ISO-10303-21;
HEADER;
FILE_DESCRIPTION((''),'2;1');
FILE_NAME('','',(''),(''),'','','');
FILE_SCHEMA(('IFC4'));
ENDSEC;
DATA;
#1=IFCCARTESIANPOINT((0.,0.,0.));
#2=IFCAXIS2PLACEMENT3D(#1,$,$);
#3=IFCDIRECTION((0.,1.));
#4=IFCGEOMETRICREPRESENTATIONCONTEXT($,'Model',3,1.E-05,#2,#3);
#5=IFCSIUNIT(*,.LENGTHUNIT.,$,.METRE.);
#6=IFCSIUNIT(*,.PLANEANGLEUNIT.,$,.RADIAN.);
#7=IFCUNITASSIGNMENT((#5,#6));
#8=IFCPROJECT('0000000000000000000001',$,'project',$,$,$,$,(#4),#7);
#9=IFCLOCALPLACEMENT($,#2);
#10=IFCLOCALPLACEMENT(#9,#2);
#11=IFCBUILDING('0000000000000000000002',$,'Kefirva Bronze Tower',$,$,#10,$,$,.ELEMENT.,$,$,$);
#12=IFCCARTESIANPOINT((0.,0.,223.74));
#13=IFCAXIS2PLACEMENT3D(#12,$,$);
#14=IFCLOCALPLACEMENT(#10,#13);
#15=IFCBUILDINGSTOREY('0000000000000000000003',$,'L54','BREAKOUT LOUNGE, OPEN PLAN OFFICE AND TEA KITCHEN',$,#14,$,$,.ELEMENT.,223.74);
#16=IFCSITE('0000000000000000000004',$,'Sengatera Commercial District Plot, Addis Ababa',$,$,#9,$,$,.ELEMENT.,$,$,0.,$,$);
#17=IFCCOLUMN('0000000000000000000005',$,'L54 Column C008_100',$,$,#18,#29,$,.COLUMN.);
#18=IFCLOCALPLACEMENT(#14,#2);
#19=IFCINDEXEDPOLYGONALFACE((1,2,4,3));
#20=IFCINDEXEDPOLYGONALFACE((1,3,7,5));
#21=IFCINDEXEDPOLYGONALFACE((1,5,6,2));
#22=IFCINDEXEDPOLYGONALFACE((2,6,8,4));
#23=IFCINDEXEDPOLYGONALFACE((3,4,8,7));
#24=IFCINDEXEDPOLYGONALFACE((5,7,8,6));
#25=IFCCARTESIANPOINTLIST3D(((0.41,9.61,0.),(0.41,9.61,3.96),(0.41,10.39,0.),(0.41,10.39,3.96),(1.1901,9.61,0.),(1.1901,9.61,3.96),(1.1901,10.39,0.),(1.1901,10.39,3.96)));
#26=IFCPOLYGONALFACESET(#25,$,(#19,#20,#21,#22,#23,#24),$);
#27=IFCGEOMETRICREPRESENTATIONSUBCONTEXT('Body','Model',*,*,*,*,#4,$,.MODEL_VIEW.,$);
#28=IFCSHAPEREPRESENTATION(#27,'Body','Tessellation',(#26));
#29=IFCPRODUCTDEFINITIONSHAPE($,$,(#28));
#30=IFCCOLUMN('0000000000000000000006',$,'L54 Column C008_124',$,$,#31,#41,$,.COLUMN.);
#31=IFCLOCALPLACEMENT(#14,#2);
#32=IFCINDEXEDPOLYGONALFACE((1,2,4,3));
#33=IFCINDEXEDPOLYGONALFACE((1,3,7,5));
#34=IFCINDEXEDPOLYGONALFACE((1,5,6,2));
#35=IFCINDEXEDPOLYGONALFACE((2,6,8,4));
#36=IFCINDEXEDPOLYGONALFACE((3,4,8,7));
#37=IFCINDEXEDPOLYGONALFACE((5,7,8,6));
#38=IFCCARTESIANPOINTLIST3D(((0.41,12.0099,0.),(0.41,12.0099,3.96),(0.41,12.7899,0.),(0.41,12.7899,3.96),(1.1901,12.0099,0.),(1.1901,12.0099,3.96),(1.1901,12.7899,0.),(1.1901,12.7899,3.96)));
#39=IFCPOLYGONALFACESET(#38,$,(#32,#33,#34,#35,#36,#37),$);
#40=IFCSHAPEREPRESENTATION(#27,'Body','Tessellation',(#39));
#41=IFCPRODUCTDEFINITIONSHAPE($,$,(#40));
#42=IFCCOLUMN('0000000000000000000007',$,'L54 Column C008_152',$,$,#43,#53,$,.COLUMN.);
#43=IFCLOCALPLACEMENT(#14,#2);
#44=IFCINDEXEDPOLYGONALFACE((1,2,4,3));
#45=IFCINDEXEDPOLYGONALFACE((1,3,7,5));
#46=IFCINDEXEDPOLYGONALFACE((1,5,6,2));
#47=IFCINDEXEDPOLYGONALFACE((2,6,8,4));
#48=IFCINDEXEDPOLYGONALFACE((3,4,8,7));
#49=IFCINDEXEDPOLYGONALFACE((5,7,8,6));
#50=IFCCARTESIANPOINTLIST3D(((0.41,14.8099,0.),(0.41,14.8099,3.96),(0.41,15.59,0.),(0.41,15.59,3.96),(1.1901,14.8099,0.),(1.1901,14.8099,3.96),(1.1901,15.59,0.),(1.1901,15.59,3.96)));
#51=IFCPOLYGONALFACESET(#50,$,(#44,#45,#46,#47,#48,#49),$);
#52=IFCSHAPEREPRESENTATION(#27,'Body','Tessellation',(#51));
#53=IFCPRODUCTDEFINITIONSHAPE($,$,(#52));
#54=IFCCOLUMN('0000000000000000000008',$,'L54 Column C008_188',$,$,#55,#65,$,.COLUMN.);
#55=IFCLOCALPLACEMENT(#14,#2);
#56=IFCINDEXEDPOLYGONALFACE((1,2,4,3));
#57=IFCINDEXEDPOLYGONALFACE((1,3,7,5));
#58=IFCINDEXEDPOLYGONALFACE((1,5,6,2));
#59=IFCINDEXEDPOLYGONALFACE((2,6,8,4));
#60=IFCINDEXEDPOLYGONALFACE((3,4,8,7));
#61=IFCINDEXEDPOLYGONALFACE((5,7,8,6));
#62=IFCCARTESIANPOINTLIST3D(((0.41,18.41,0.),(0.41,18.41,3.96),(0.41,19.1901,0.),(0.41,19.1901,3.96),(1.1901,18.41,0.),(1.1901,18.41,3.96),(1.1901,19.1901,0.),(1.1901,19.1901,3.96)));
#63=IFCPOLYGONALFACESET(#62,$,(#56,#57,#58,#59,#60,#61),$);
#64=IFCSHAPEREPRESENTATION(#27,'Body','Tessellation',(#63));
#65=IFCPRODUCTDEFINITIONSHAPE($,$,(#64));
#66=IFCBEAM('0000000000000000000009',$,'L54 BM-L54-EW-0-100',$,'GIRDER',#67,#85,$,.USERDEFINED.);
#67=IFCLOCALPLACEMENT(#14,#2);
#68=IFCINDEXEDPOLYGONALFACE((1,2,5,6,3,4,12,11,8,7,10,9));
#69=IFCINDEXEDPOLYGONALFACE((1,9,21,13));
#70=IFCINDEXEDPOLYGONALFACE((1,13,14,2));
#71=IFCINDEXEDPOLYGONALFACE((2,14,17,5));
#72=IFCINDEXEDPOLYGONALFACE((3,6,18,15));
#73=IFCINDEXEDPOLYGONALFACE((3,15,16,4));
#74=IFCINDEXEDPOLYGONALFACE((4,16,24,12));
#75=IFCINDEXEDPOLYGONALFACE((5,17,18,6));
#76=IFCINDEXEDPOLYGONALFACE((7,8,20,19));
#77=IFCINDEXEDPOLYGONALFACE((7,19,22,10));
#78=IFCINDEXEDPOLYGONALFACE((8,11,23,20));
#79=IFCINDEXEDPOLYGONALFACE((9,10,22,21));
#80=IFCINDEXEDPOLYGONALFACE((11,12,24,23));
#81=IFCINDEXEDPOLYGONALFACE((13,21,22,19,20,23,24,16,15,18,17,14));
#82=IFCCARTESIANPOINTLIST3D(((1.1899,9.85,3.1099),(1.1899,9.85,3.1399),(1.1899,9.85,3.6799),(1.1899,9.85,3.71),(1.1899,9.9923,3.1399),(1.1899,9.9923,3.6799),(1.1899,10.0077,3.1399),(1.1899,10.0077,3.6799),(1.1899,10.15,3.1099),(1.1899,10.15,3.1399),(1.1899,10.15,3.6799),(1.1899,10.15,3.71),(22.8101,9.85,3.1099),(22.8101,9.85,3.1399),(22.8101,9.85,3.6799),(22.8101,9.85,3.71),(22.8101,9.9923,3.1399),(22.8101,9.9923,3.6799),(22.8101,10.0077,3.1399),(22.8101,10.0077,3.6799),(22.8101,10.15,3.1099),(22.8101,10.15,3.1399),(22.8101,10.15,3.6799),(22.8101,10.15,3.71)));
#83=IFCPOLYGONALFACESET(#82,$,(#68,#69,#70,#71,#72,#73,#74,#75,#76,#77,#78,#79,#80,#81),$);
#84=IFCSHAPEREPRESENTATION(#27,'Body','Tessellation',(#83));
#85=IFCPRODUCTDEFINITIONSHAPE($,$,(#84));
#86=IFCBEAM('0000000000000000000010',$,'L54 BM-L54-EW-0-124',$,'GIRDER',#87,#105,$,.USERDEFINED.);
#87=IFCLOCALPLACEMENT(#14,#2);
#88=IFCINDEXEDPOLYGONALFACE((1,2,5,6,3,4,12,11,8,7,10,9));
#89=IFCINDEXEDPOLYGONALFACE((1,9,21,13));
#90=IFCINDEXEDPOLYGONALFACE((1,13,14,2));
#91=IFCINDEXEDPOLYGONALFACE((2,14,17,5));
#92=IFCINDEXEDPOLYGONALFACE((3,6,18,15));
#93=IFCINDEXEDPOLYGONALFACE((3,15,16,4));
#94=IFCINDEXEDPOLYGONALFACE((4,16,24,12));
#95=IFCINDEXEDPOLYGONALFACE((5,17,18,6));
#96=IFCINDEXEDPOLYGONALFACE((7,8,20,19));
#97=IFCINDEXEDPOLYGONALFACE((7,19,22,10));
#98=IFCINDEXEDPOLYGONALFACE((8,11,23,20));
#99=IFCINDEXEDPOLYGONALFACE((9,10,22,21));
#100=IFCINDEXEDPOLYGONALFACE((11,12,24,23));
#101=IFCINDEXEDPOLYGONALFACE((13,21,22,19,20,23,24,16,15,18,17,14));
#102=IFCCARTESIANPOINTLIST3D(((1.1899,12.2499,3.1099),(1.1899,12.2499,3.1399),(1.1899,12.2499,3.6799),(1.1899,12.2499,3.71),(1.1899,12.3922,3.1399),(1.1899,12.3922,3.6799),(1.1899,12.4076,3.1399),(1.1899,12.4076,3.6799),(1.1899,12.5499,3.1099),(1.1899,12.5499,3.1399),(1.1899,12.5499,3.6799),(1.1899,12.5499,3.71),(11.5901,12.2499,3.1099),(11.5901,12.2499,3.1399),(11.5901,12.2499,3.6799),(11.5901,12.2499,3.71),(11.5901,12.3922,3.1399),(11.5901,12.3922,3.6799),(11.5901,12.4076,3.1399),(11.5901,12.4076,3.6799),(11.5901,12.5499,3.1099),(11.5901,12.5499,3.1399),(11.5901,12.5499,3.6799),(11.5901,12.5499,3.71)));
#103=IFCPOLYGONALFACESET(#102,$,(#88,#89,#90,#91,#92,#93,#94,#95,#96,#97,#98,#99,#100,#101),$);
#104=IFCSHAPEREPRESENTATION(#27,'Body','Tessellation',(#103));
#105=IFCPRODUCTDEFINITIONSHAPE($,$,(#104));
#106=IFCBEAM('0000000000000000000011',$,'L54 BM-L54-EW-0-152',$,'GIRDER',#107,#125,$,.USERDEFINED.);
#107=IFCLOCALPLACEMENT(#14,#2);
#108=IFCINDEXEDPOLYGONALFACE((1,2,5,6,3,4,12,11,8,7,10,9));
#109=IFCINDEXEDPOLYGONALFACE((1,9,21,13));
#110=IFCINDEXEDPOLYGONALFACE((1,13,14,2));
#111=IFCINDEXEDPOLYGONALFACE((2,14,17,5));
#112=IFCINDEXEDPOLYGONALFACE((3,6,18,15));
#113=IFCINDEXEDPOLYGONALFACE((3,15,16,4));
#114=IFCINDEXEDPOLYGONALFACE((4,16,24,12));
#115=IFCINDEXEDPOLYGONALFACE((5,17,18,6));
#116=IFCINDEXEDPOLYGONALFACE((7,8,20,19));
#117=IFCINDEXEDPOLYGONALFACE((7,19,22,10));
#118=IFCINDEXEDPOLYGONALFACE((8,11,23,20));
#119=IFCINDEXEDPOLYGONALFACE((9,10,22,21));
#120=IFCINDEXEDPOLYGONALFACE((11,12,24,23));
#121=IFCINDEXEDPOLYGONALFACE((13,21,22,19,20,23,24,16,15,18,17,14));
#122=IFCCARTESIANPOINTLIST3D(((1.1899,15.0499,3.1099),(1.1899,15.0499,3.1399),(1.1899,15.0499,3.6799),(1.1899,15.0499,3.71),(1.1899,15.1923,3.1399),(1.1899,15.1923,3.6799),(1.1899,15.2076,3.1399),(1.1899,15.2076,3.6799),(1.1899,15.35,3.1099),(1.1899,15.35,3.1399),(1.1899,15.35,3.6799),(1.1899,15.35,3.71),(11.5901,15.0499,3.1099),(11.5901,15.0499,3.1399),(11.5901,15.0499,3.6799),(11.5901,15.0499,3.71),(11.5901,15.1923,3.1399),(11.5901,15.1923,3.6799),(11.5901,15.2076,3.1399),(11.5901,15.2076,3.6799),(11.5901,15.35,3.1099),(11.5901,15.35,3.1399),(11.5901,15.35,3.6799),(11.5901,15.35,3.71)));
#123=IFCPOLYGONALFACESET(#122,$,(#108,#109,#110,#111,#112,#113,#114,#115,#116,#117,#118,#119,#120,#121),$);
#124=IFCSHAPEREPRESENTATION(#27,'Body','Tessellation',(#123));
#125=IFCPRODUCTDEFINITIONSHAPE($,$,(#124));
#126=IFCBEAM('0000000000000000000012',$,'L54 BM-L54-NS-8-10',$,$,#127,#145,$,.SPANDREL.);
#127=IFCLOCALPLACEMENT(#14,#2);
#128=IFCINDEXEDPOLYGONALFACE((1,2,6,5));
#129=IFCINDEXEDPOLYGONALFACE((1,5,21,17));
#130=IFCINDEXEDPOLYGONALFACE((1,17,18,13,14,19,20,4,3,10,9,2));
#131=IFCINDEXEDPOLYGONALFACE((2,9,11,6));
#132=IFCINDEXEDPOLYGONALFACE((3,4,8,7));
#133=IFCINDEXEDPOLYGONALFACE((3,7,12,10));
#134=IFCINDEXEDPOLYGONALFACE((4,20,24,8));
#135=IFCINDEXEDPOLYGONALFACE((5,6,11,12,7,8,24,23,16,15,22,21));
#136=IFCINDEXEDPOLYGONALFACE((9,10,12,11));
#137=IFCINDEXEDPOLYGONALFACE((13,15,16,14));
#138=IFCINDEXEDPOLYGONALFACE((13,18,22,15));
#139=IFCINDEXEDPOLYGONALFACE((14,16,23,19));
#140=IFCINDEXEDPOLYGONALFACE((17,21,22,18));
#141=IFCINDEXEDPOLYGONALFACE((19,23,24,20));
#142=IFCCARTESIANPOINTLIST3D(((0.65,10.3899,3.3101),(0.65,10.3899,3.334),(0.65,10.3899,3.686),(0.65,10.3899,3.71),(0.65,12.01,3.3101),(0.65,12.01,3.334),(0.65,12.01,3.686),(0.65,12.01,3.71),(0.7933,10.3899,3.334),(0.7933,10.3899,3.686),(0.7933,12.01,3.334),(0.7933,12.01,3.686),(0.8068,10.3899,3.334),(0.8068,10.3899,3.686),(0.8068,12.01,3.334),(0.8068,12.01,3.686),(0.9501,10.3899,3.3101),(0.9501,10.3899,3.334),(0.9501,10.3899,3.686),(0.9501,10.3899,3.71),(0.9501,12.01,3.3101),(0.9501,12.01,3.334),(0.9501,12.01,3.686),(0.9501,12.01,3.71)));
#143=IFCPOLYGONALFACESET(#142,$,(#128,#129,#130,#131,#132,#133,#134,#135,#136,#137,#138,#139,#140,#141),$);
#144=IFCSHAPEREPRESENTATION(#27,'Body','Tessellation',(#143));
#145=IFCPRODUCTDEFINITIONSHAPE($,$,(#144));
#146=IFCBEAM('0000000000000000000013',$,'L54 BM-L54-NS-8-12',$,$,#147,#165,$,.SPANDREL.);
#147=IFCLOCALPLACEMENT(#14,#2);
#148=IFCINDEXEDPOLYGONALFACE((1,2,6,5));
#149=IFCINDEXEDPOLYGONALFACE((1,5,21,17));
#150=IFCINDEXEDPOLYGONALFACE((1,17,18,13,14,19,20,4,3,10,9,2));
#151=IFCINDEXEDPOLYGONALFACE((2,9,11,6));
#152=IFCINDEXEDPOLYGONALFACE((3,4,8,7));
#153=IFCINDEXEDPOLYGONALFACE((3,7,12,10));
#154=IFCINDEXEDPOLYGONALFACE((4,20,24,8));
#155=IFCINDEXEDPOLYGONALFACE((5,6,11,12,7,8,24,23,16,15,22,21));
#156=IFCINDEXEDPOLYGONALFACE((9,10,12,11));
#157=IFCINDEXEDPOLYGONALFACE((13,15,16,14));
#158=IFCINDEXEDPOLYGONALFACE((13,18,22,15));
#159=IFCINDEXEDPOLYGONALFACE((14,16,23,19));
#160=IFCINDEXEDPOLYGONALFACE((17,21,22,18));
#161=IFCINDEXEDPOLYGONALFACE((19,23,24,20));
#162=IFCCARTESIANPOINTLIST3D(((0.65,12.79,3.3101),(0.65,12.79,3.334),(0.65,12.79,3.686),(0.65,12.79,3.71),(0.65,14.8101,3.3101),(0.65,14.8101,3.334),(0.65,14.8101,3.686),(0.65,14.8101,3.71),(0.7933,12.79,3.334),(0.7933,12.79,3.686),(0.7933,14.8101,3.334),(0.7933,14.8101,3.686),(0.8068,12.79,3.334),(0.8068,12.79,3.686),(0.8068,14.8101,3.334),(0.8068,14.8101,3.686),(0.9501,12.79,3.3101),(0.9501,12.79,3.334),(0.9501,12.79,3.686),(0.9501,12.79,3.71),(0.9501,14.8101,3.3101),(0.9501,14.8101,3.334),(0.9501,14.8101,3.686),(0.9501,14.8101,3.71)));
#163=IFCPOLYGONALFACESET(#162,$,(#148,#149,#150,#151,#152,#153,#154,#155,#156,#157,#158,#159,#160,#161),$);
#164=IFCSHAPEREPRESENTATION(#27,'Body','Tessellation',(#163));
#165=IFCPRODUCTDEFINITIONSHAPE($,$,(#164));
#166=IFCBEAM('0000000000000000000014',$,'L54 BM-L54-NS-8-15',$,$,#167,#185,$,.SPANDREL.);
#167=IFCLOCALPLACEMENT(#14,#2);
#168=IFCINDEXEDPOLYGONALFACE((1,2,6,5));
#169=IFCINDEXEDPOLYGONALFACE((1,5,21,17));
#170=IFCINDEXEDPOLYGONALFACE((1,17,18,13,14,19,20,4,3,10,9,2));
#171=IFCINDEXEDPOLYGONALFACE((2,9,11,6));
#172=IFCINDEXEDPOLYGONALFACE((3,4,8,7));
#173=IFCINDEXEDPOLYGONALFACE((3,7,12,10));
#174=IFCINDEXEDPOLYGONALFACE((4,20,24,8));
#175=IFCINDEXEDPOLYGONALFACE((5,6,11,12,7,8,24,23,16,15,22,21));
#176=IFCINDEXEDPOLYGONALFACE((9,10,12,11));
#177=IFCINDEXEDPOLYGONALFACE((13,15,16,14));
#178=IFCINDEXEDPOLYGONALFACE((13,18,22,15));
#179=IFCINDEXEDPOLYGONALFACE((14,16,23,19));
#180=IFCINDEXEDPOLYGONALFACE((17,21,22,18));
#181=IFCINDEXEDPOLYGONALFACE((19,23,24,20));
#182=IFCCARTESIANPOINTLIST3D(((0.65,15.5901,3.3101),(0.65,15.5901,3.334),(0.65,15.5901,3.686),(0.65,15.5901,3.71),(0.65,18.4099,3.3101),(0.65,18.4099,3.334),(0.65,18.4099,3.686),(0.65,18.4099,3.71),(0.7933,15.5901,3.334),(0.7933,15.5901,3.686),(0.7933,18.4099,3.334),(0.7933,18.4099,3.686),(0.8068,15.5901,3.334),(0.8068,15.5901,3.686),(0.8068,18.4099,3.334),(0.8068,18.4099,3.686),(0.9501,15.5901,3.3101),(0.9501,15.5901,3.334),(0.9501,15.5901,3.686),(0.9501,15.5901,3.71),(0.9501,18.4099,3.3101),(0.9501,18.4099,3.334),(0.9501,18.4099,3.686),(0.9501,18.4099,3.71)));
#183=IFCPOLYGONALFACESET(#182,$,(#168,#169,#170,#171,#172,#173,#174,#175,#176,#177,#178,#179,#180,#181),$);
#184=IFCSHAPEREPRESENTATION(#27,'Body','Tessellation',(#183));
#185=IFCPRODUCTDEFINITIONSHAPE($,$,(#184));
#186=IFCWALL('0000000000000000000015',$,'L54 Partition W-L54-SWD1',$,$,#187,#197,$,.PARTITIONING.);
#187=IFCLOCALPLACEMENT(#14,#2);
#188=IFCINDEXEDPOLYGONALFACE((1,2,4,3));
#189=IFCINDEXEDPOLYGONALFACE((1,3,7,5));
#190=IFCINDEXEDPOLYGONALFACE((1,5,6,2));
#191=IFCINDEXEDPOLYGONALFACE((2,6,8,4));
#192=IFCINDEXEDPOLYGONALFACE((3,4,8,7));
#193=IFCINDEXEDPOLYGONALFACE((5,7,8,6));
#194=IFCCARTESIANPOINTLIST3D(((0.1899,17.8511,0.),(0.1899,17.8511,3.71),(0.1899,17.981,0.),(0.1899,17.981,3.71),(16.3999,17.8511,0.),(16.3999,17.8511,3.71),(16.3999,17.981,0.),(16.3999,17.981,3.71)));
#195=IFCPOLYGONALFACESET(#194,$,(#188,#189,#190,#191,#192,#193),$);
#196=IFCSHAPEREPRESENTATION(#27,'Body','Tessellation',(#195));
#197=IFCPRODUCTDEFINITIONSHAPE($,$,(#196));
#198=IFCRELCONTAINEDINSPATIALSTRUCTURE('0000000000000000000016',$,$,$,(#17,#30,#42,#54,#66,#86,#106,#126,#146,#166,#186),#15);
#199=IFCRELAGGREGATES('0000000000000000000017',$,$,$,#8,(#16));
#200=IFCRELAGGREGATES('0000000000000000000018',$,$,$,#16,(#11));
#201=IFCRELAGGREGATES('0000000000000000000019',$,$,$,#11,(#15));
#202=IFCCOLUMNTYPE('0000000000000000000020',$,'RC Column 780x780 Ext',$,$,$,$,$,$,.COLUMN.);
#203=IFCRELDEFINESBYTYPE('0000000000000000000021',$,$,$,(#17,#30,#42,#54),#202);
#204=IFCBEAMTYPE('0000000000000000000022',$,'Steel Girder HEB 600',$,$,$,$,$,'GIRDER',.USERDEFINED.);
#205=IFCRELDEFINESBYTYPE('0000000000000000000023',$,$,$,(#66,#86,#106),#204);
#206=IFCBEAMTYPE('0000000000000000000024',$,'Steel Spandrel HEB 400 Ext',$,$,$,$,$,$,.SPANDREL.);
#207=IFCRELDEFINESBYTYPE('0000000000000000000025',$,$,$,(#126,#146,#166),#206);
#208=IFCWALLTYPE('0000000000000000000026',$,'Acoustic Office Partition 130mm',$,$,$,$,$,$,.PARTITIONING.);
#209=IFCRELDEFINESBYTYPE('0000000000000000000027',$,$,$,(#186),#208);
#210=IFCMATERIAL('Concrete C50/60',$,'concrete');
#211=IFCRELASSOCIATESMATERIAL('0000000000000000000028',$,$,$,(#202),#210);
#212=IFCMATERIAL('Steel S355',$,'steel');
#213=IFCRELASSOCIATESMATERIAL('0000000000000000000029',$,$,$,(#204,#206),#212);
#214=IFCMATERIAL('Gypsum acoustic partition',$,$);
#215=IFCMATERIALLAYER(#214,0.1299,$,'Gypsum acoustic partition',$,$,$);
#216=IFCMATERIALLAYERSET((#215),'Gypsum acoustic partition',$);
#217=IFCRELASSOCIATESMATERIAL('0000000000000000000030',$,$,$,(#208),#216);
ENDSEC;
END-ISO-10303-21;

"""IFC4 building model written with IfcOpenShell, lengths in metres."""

from ifc_helpers import new_model, si_unit, direction, frame, frame_2d, origin, origin_2d, place, context, subcontext, project, spatial, rectangle, i_section, extrude, material, layer, layer_set, material_profile, profile_set, type_object, element, save


model = new_model("IFC4")

# Units and contexts
model_context = context("Model", 3, precision=1e-05, world=origin(), true_north=direction((0.0, 1.0)))
body_context = subcontext(model_context, "Body", "Model", "MODEL_VIEW")
ifc_project = project(units=[si_unit("LENGTHUNIT", "METRE"), si_unit("PLANEANGLEUNIT", "RADIAN")], contexts=[model_context])

# Site, building, storey
site_placement = place(None, origin())
site = spatial("IfcSite", under=ifc_project, at=site_placement, Name="Sengatera Commercial District Plot, Addis Ababa", CompositionType="ELEMENT", RefElevation=0.0)
building_placement = place(site_placement, origin())
building = spatial("IfcBuilding", under=site, at=building_placement, Name="Kefirva Bronze Tower", CompositionType="ELEMENT")
storey_placement = place(building_placement, frame((0.0, 0.0, 223.74)))
storey = spatial("IfcBuildingStorey", under=building, at=storey_placement, Name="L54", Description="BREAKOUT LOUNGE, OPEN PLAN OFFICE AND TEA KITCHEN", CompositionType="ELEMENT", Elevation=223.74)

# Columns
ifc_material_1 = material(Name="Concrete C50/60", Category="concrete")
ifc_material_profile_1 = material_profile(ifc_material_1, rectangle(XDim=0.78, YDim=0.78, at=origin_2d()), Name="RC 780x780")
ifc_profile_set_1 = profile_set([ifc_material_profile_1], Name="Concrete C50/60")
column_type = type_object("IfcColumnType", Name="RC Column 780x780 Ext", PredefinedType="COLUMN", material=ifc_profile_set_1)
for number, where, z_axis, x_axis, name in (
    (1, (0.8, 10.0, 0.0), (0.0, 0.0, 1.0), (1.0, 0.0, 0.0), "L54 Column C008_100"),
    (2, (0.8, 12.3999, 0.0), (0.0, 0.0, 1.0), (1.0, 0.0, 0.0), "L54 Column C008_124"),
    (3, (0.8, 15.2, 0.0), (0.0, 0.0, 1.0), (1.0, 0.0, 0.0), "L54 Column C008_152"),
    (4, (0.8, 18.8, 0.0), (0.0, 0.0, 1.0), (1.0, 0.0, 0.0), "L54 Column C008_188"),
):
    element("IfcColumn", number, at=place(storey_placement, frame(where, z_axis=z_axis, x_axis=x_axis)), inside=storey, type_object=column_type, Name=name, PredefinedType="COLUMN", context=body_context, shape_type="SweptSolid", body=[
        extrude(rectangle(XDim=0.78, YDim=0.78, at=origin_2d()), origin(), (0.0, 0.0, 1.0), 3.96),
    ])

# Beams
ifc_material_2 = material(Name="Steel S355", Category="steel")
ifc_material_profile_2 = material_profile(ifc_material_2, i_section(OverallWidth=0.3, OverallDepth=0.6001, WebThickness=0.0154, FlangeThickness=0.03, at=origin_2d()), Name="HEB 600")
ifc_profile_set_2 = profile_set([ifc_material_profile_2], Name="Steel S355")
beam_type_1 = type_object("IfcBeamType", Name="Steel Girder HEB 600", ElementType="GIRDER", PredefinedType="USERDEFINED", material=ifc_profile_set_2)
beam_1_placement = place(storey_placement, frame((1.1899, 10.0, 3.4099), z_axis=(1.0, 0.0, 0.0), x_axis=(0.0, 1.0, 0.0)))
element("IfcBeam", 5, at=beam_1_placement, inside=storey, type_object=beam_type_1, Name="L54 BM-L54-EW-0-100", ObjectType="GIRDER", PredefinedType="USERDEFINED", context=body_context, shape_type="SweptSolid", body=[
    extrude(i_section(OverallWidth=0.3, OverallDepth=0.6001, WebThickness=0.0154, FlangeThickness=0.03, at=origin_2d()), origin(), (0.0, 0.0, 1.0), 21.6201),
])
for number, where, z_axis, x_axis, name in (
    (6, (1.1899, 12.3999, 3.4099), (1.0, 0.0, 0.0), (0.0, 1.0, 0.0), "L54 BM-L54-EW-0-124"),
    (7, (1.1899, 15.2, 3.4099), (1.0, 0.0, 0.0), (0.0, 1.0, 0.0), "L54 BM-L54-EW-0-152"),
):
    element("IfcBeam", number, at=place(storey_placement, frame(where, z_axis=z_axis, x_axis=x_axis)), inside=storey, type_object=beam_type_1, Name=name, ObjectType="GIRDER", PredefinedType="USERDEFINED", context=body_context, shape_type="SweptSolid", body=[
        extrude(i_section(OverallWidth=0.3, OverallDepth=0.6001, WebThickness=0.0154, FlangeThickness=0.03, at=origin_2d()), origin(), (0.0, 0.0, 1.0), 10.4001),
    ])
ifc_material_profile_3 = material_profile(ifc_material_2, i_section(OverallWidth=0.3, OverallDepth=0.3999, WebThickness=0.0134, FlangeThickness=0.0239, at=origin_2d()), Name="HEB 400")
ifc_profile_set_3 = profile_set([ifc_material_profile_3], Name="Steel S355")
beam_type_2 = type_object("IfcBeamType", Name="Steel Spandrel HEB 400 Ext", PredefinedType="SPANDREL", material=ifc_profile_set_3)
beam_2_placement = place(storey_placement, frame((0.8, 10.3899, 3.51), z_axis=(0.0, 1.0, 0.0), x_axis=(-1.0, 0.0, 0.0)))
element("IfcBeam", 8, at=beam_2_placement, inside=storey, type_object=beam_type_2, Name="L54 BM-L54-NS-8-10", PredefinedType="SPANDREL", context=body_context, shape_type="SweptSolid", body=[
    extrude(i_section(OverallWidth=0.3, OverallDepth=0.3999, WebThickness=0.0134, FlangeThickness=0.0239, at=origin_2d()), origin(), (0.0, 0.0, 1.0), 1.6201),
])
beam_3_placement = place(storey_placement, frame((0.8, 12.79, 3.51), z_axis=(0.0, 1.0, 0.0), x_axis=(-1.0, 0.0, 0.0)))
element("IfcBeam", 9, at=beam_3_placement, inside=storey, type_object=beam_type_2, Name="L54 BM-L54-NS-8-12", PredefinedType="SPANDREL", context=body_context, shape_type="SweptSolid", body=[
    extrude(i_section(OverallWidth=0.3, OverallDepth=0.3999, WebThickness=0.0134, FlangeThickness=0.0239, at=origin_2d()), origin(), (0.0, 0.0, 1.0), 2.02),
])
beam_4_placement = place(storey_placement, frame((0.8, 15.5901, 3.51), z_axis=(0.0, 1.0, 0.0), x_axis=(-1.0, 0.0, 0.0)))
element("IfcBeam", 10, at=beam_4_placement, inside=storey, type_object=beam_type_2, Name="L54 BM-L54-NS-8-15", PredefinedType="SPANDREL", context=body_context, shape_type="SweptSolid", body=[
    extrude(i_section(OverallWidth=0.3, OverallDepth=0.3999, WebThickness=0.0134, FlangeThickness=0.0239, at=origin_2d()), origin(), (0.0, 0.0, 1.0), 2.8198),
])

# Wall
ifc_material_3 = material(Name="Gypsum acoustic partition")
ifc_layer_1 = layer(ifc_material_3, 0.1299, Name="Gypsum acoustic partition")
ifc_layer_set_1 = layer_set([ifc_layer_1], Name="Gypsum acoustic partition")
wall_type_1 = type_object("IfcWallType", Name="Acoustic Office Partition 130mm", PredefinedType="PARTITIONING", material=ifc_layer_set_1)
wall_1_placement = place(storey_placement, frame((0.1899, 17.916, 0.0), z_axis=(0.0, 0.0, 1.0), x_axis=(1.0, 0.0, 0.0)))
element("IfcWall", 11, at=wall_1_placement, inside=storey, type_object=wall_type_1, Name="L54 Partition W-L54-SWD1", PredefinedType="PARTITIONING", context=body_context, shape_type="SweptSolid", body=[
    extrude(rectangle(XDim=16.21, YDim=0.1299, at=frame_2d((8.105, 0.0))), origin(), (0.0, 0.0, 1.0), 3.71),
])

save(model, "model.ifc")
